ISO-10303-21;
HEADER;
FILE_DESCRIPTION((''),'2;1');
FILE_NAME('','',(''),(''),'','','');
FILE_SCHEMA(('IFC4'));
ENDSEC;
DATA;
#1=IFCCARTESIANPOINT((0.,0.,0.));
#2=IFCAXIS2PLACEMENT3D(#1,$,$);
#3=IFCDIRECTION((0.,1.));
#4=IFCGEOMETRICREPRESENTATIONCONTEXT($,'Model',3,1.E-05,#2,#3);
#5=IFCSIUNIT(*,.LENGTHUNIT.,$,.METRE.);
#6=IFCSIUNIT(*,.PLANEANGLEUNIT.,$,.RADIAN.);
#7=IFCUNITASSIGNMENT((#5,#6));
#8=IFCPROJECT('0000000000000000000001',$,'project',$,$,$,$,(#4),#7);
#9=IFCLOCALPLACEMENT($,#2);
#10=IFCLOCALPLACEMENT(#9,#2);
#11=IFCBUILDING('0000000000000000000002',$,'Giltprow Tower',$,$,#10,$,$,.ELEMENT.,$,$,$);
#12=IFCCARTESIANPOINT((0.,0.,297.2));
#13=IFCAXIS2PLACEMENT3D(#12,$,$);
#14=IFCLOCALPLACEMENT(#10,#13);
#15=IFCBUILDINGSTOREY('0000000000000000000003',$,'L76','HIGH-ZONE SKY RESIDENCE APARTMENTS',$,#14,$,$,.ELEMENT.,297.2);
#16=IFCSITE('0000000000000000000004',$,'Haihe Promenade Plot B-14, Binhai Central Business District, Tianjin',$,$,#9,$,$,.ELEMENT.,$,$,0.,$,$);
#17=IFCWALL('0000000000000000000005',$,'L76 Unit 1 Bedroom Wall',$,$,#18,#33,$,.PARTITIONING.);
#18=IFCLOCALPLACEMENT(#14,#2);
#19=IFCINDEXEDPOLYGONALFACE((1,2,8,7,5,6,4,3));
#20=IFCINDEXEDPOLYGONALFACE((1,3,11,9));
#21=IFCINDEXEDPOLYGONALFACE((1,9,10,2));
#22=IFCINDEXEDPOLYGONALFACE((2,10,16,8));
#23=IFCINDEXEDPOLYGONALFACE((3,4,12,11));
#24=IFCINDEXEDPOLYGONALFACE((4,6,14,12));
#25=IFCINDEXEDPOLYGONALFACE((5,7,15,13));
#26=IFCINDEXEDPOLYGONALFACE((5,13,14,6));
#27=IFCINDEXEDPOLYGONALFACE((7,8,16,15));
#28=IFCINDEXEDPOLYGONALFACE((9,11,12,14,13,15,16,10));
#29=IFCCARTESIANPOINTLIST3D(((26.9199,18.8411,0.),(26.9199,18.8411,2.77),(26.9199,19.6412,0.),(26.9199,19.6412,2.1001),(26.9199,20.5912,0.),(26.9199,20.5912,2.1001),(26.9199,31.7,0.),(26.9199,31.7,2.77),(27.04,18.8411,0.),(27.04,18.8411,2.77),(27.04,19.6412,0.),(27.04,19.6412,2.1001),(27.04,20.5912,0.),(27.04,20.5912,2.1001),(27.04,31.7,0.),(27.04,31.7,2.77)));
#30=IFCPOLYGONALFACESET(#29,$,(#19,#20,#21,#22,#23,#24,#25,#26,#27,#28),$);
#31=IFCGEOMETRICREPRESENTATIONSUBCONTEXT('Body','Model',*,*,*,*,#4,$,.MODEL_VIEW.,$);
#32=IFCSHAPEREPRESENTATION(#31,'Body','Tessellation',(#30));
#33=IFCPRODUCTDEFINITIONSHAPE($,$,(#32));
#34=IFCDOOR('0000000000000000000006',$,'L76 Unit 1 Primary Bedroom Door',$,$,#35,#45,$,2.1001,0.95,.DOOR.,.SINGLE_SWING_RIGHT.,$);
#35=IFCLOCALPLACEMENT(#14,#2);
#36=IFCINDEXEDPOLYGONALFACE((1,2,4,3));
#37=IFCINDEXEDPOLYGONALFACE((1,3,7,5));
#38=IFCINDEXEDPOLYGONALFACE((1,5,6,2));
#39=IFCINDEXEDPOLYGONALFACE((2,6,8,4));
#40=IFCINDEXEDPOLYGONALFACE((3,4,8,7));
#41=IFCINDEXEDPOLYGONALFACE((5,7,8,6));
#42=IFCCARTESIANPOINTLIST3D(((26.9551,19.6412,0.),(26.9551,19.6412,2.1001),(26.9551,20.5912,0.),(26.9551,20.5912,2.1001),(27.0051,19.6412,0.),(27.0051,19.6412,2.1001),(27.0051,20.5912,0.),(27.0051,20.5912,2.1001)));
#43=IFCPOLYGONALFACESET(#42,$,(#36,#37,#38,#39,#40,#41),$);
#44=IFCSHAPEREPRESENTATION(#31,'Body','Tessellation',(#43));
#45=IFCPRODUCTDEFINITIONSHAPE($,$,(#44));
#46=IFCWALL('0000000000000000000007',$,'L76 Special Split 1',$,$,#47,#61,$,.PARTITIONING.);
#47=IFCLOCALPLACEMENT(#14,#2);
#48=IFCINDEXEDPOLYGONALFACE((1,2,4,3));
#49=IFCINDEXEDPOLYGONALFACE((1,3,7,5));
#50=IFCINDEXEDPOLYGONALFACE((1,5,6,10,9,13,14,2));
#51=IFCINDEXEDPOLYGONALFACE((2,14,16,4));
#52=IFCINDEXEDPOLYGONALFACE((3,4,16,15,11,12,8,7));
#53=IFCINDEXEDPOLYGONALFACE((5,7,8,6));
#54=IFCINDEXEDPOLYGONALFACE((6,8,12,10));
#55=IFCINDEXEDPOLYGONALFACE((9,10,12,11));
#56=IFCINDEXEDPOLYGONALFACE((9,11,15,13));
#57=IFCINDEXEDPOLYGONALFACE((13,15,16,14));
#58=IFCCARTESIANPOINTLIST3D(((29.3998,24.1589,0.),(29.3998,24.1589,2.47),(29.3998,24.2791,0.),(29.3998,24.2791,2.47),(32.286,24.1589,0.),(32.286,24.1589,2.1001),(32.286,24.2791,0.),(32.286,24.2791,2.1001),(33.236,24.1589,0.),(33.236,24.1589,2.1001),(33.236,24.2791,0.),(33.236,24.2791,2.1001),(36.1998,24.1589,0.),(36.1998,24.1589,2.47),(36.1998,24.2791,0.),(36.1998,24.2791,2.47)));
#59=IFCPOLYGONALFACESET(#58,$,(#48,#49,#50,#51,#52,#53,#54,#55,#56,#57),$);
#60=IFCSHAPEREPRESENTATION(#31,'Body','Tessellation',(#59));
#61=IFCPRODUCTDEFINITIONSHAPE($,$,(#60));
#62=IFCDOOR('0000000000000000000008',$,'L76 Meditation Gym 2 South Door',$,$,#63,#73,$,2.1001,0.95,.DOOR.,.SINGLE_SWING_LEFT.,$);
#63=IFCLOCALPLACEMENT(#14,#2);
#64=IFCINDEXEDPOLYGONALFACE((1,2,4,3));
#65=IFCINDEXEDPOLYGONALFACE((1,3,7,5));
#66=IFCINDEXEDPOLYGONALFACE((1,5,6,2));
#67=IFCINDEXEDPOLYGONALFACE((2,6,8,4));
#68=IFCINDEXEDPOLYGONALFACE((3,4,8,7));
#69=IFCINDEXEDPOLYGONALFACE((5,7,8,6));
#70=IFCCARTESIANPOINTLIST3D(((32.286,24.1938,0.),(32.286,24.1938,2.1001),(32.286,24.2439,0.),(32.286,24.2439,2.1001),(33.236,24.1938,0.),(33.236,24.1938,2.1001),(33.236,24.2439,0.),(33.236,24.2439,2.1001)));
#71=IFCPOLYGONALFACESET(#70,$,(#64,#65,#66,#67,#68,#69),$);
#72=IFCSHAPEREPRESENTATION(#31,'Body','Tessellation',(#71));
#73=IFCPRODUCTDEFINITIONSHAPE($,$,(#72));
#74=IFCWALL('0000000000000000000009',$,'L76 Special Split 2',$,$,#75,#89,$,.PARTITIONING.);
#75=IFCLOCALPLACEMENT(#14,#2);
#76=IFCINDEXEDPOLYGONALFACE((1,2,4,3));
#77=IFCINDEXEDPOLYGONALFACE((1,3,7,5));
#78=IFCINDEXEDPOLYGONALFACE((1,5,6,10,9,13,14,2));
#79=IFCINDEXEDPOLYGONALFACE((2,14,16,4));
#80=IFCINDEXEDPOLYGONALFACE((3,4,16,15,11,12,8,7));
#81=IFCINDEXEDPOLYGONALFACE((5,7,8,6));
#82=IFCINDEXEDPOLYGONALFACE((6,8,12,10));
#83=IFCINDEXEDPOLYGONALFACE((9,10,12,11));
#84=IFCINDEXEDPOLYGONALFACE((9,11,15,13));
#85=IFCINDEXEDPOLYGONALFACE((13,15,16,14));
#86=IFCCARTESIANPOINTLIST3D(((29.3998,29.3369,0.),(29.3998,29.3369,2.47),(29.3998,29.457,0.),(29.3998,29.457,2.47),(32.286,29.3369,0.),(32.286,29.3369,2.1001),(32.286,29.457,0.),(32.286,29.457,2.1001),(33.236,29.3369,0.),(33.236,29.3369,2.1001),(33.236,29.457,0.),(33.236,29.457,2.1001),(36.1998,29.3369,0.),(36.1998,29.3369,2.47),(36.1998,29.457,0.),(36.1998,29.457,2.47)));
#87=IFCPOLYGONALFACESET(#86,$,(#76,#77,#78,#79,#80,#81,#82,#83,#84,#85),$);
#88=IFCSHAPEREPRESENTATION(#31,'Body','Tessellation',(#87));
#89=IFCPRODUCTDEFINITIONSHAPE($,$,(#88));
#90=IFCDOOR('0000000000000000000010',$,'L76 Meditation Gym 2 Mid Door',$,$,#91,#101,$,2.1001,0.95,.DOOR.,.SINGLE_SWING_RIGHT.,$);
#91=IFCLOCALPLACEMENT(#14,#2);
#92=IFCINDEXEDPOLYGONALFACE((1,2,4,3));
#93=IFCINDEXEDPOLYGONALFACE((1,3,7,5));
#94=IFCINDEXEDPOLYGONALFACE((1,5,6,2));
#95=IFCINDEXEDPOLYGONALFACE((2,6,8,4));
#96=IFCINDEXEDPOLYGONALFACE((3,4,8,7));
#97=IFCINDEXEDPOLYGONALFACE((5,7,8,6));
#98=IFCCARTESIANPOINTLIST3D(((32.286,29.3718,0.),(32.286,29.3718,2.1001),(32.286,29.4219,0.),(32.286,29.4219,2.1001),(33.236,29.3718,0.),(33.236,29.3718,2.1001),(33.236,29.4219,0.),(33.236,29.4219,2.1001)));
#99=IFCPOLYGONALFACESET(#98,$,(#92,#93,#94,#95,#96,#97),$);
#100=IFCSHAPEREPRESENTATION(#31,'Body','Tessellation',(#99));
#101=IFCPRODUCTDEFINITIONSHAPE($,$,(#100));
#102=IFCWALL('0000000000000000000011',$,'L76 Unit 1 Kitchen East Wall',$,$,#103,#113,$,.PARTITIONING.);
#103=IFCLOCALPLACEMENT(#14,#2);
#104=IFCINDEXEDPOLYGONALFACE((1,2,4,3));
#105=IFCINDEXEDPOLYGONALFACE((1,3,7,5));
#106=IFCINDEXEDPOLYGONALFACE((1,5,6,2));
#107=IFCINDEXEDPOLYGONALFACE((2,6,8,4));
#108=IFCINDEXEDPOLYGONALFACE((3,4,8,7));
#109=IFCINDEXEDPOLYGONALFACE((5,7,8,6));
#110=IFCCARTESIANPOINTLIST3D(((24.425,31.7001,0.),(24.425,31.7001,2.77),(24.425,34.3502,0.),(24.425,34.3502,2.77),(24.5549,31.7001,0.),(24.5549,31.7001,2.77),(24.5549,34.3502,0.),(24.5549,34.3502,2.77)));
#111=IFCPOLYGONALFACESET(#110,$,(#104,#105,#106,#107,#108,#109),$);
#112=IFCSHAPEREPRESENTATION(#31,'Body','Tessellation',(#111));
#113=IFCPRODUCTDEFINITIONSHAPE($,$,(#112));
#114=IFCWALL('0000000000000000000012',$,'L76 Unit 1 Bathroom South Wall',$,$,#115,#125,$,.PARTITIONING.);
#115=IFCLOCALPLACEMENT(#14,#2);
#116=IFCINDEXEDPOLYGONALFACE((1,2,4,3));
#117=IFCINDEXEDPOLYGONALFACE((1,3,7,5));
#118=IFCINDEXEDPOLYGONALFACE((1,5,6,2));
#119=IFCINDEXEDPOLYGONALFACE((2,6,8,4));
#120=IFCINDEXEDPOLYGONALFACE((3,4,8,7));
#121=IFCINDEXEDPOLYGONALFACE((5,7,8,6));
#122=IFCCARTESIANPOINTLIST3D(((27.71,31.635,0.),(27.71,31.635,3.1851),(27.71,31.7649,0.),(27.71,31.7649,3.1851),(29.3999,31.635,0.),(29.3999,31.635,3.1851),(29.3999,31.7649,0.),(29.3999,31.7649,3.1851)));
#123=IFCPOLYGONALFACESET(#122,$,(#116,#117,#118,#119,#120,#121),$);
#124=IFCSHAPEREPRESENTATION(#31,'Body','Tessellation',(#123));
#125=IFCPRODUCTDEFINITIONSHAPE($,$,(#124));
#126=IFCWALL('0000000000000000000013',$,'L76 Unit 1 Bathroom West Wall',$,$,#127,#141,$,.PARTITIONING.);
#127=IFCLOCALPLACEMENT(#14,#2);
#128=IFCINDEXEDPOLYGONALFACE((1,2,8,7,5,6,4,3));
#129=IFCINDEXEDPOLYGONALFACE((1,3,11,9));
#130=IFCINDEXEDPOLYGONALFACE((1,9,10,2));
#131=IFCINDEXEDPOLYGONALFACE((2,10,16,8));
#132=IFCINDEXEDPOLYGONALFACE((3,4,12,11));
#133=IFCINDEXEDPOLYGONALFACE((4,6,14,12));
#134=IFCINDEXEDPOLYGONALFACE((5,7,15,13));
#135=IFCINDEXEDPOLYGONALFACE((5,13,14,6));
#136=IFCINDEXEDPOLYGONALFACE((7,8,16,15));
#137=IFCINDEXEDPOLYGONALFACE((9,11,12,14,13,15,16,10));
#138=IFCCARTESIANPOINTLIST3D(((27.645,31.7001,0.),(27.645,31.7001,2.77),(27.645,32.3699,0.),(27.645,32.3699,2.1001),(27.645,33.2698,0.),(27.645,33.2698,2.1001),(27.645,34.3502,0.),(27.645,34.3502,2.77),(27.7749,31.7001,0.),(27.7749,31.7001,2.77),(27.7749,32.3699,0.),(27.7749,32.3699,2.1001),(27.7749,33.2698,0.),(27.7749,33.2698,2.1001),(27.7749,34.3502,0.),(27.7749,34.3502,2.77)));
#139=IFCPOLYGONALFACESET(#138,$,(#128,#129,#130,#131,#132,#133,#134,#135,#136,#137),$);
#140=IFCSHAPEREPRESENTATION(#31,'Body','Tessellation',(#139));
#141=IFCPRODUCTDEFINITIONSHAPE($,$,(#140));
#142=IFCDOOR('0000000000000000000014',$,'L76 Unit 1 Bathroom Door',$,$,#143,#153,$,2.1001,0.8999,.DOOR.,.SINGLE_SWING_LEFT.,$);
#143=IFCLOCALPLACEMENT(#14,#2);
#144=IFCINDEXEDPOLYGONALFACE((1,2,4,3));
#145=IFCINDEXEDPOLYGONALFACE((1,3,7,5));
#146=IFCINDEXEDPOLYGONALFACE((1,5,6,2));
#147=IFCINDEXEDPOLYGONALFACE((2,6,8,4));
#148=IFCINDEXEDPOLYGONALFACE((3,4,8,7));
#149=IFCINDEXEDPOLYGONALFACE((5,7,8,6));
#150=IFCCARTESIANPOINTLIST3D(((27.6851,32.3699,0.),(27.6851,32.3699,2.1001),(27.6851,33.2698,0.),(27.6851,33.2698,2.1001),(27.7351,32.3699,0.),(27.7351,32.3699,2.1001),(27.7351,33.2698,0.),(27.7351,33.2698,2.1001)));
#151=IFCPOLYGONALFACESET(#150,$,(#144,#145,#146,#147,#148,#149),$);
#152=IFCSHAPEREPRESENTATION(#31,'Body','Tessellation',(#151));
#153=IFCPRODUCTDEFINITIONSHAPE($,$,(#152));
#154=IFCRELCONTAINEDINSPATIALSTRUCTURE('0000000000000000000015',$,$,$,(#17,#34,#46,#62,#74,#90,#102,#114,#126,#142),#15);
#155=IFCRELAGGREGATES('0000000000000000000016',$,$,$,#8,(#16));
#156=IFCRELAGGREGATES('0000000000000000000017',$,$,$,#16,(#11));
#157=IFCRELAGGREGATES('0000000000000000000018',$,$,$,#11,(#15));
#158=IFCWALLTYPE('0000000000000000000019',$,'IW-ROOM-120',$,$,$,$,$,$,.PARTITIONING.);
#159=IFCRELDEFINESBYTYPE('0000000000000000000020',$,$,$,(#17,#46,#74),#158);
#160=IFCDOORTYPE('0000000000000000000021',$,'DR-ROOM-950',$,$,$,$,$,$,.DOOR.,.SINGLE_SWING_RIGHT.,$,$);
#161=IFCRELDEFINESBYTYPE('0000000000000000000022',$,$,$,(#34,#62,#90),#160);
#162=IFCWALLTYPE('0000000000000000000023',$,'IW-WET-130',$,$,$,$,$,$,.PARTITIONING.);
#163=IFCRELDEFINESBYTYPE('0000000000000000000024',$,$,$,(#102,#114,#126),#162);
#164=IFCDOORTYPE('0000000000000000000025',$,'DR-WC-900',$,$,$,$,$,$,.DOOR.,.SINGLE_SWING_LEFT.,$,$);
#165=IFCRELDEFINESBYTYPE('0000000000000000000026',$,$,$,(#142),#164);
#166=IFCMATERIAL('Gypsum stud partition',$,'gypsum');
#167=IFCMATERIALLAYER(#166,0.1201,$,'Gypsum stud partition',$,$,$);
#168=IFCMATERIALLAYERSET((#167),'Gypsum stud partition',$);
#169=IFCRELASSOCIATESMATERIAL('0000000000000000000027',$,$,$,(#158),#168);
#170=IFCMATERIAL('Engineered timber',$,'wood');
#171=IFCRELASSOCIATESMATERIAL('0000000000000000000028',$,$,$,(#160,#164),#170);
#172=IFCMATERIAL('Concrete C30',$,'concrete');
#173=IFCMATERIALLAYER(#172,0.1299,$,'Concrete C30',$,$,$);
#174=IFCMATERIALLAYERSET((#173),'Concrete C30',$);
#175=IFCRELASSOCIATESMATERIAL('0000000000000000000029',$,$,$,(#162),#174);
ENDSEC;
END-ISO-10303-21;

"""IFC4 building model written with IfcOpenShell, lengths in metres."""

from ifc_helpers import new_model, si_unit, direction, frame, frame_2d, origin, place, context, subcontext, project, spatial, rectangle, extrude, source, transform, mapped, material, layer, layer_set, type_object, element, fill, save


model = new_model("IFC4")

# Units and contexts
model_context = context("Model", 3, precision=1e-05, world=origin(), true_north=direction((0.0, 1.0)))
body_context = subcontext(model_context, "Body", "Model", "MODEL_VIEW")
ifc_project = project(units=[si_unit("LENGTHUNIT", "METRE"), si_unit("PLANEANGLEUNIT", "RADIAN")], contexts=[model_context])

# Site, building, storey
site_placement = place(None, origin())
site = spatial("IfcSite", under=ifc_project, at=site_placement, Name="Haihe Promenade Plot B-14, Binhai Central Business District, Tianjin", CompositionType="ELEMENT", RefElevation=0.0)
building_placement = place(site_placement, origin())
building = spatial("IfcBuilding", under=site, at=building_placement, Name="Giltprow Tower", CompositionType="ELEMENT")
storey_placement = place(building_placement, frame((0.0, 0.0, 297.2)))
storey = spatial("IfcBuildingStorey", under=building, at=storey_placement, Name="L76", Description="HIGH-ZONE SKY RESIDENCE APARTMENTS", CompositionType="ELEMENT", Elevation=297.2)

# Shared definitions
ifc_material_1 = material(Name="Gypsum stud partition", Category="gypsum")
ifc_layer_1 = layer(ifc_material_1, 0.1201, Name="Gypsum stud partition")
ifc_layer_set_1 = layer_set([ifc_layer_1], Name="Gypsum stud partition")
wall_type_1 = type_object("IfcWallType", Name="IW-ROOM-120", PredefinedType="PARTITIONING", material=ifc_layer_set_1)

# Walls, openings, doors
wall_1_placement = place(storey_placement, frame((26.98, 18.8411, 0.0), z_axis=(0.0, 0.0, 1.0), x_axis=(0.0, 1.0, 0.0)))
wall_1 = element("IfcWall", 1, at=wall_1_placement, inside=storey, type_object=wall_type_1, Name="L76 Unit 1 Bedroom Wall", PredefinedType="PARTITIONING", context=body_context, shape_type="SweptSolid", body=[
    extrude(rectangle(XDim=12.8589, YDim=0.1201, at=frame_2d((6.4294, 0.0))), origin(), (0.0, 0.0, 1.0), 2.77),
])
opening_1_placement = place(wall_1_placement, frame((0.8, 0.0, 0.0)))
opening_1 = element("IfcOpeningElement", 2, at=opening_1_placement, cuts=wall_1, PredefinedType="OPENING", context=body_context, shape_type="SweptSolid", body=[
    extrude(rectangle(XDim=0.95, YDim=2.1001, at=frame_2d((0.4751, 1.05))), frame((0.0, 0.0701, 0.0), z_axis=(0.0, -1.0, 0.0), x_axis=(1.0, 0.0, 0.0)), (0.0, 0.0, 1.0), 0.1401),
])
ifc_material_2 = material(Name="Engineered timber", Category="wood")
door_type_1 = type_object("IfcDoorType", Name="DR-ROOM-950", OperationType="SINGLE_SWING_RIGHT", PredefinedType="DOOR", material=ifc_material_2)
shared_shape_1 = source(origin(), body_context, "Body", "SweptSolid", [
    extrude(rectangle(XDim=0.95, YDim=2.1001, at=frame_2d((0.4751, 1.05))), frame((0.0, 0.0249, 0.0), z_axis=(0.0, -1.0, 0.0), x_axis=(1.0, 0.0, 0.0)), (0.0, 0.0, 1.0), 0.05),
])
door_1_placement = place(opening_1_placement, origin())
door_1 = element("IfcDoor", 3, at=door_1_placement, inside=storey, type_object=door_type_1, Name="L76 Unit 1 Primary Bedroom Door", OperationType="SINGLE_SWING_RIGHT", OverallHeight=2.1001, OverallWidth=0.95, PredefinedType="DOOR", context=body_context, shape_type="MappedRepresentation", body=[
    mapped(shared_shape_1, transform((0.0, 0.0, 0.0), x_axis=(1.0, 0.0, 0.0), y_axis=(0.0, 1.0, 0.0), z_axis=(0.0, 0.0, 1.0), scale=1.0)),
])
fill(opening_1, door_1)
wall_2_placement = place(storey_placement, frame((29.3999, 24.219, 0.0), z_axis=(0.0, 0.0, 1.0), x_axis=(1.0, 0.0, 0.0)))
wall_2 = element("IfcWall", 4, at=wall_2_placement, inside=storey, type_object=wall_type_1, Name="L76 Special Split 1", PredefinedType="PARTITIONING", context=body_context, shape_type="SweptSolid", body=[
    extrude(rectangle(XDim=6.8, YDim=0.1201, at=frame_2d((3.3999, 0.0))), origin(), (0.0, 0.0, 1.0), 2.47),
])
opening_2_placement = place(wall_2_placement, frame((2.886, 0.0, 0.0)))
opening_2 = element("IfcOpeningElement", 5, at=opening_2_placement, cuts=wall_2, PredefinedType="OPENING", context=body_context, shape_type="SweptSolid", body=[
    extrude(rectangle(XDim=0.95, YDim=2.1001, at=frame_2d((0.4751, 1.05))), frame((0.0, 0.0701, 0.0), z_axis=(0.0, -1.0, 0.0), x_axis=(1.0, 0.0, 0.0)), (0.0, 0.0, 1.0), 0.1401),
])
door_2_placement = place(opening_2_placement, origin())
door_2 = element("IfcDoor", 6, at=door_2_placement, inside=storey, type_object=door_type_1, Name="L76 Meditation Gym 2 South Door", OperationType="SINGLE_SWING_LEFT", OverallHeight=2.1001, OverallWidth=0.95, PredefinedType="DOOR", context=body_context, shape_type="MappedRepresentation", body=[
    mapped(shared_shape_1, transform((0.0, 0.0, 0.0), x_axis=(1.0, 0.0, 0.0), y_axis=(0.0, 1.0, 0.0), z_axis=(0.0, 0.0, 1.0), scale=1.0)),
])
fill(opening_2, door_2)
wall_3_placement = place(storey_placement, frame((29.3999, 29.397, 0.0), z_axis=(0.0, 0.0, 1.0), x_axis=(1.0, 0.0, 0.0)))
wall_3 = element("IfcWall", 7, at=wall_3_placement, inside=storey, type_object=wall_type_1, Name="L76 Special Split 2", PredefinedType="PARTITIONING", context=body_context, shape_type="SweptSolid", body=[
    extrude(rectangle(XDim=6.8, YDim=0.1201, at=frame_2d((3.3999, 0.0))), origin(), (0.0, 0.0, 1.0), 2.47),
])
opening_3_placement = place(wall_3_placement, frame((2.886, 0.0, 0.0)))
opening_3 = element("IfcOpeningElement", 8, at=opening_3_placement, cuts=wall_3, PredefinedType="OPENING", context=body_context, shape_type="SweptSolid", body=[
    extrude(rectangle(XDim=0.95, YDim=2.1001, at=frame_2d((0.4751, 1.05))), frame((0.0, 0.0701, 0.0), z_axis=(0.0, -1.0, 0.0), x_axis=(1.0, 0.0, 0.0)), (0.0, 0.0, 1.0), 0.1401),
])
door_3_placement = place(opening_3_placement, origin())
door_3 = element("IfcDoor", 9, at=door_3_placement, inside=storey, type_object=door_type_1, Name="L76 Meditation Gym 2 Mid Door", OperationType="SINGLE_SWING_RIGHT", OverallHeight=2.1001, OverallWidth=0.95, PredefinedType="DOOR", context=body_context, shape_type="MappedRepresentation", body=[
    mapped(shared_shape_1, transform((0.0, 0.0, 0.0), x_axis=(1.0, 0.0, 0.0), y_axis=(0.0, 1.0, 0.0), z_axis=(0.0, 0.0, 1.0), scale=1.0)),
])
fill(opening_3, door_3)

# Walls
ifc_material_3 = material(Name="Concrete C30", Category="concrete")
ifc_layer_2 = layer(ifc_material_3, 0.1299, Name="Concrete C30")
ifc_layer_set_2 = layer_set([ifc_layer_2], Name="Concrete C30")
wall_type_2 = type_object("IfcWallType", Name="IW-WET-130", PredefinedType="PARTITIONING", material=ifc_layer_set_2)
wall_4_placement = place(storey_placement, frame((24.49, 31.7, 0.0), z_axis=(0.0, 0.0, 1.0), x_axis=(0.0, 1.0, 0.0)))
element("IfcWall", 10, at=wall_4_placement, inside=storey, type_object=wall_type_2, Name="L76 Unit 1 Kitchen East Wall", PredefinedType="PARTITIONING", context=body_context, shape_type="SweptSolid", body=[
    extrude(rectangle(XDim=2.6501, YDim=0.1299, at=frame_2d((1.3252, 0.0))), origin(), (0.0, 0.0, 1.0), 2.77),
])
wall_5_placement = place(storey_placement, frame((27.71, 31.7, 0.0), z_axis=(0.0, 0.0, 1.0), x_axis=(1.0, 0.0, 0.0)))
element("IfcWall", 11, at=wall_5_placement, inside=storey, type_object=wall_type_2, Name="L76 Unit 1 Bathroom South Wall", PredefinedType="PARTITIONING", context=body_context, shape_type="SweptSolid", body=[
    extrude(rectangle(XDim=1.6899, YDim=0.1299, at=frame_2d((0.845, 0.0))), origin(), (0.0, 0.0, 1.0), 3.1851),
])

# Wall, opening, door
wall_6_placement = place(storey_placement, frame((27.71, 31.7, 0.0), z_axis=(0.0, 0.0, 1.0), x_axis=(0.0, 1.0, 0.0)))
wall_6 = element("IfcWall", 12, at=wall_6_placement, inside=storey, type_object=wall_type_2, Name="L76 Unit 1 Bathroom West Wall", PredefinedType="PARTITIONING", context=body_context, shape_type="SweptSolid", body=[
    extrude(rectangle(XDim=2.6501, YDim=0.1299, at=frame_2d((1.3252, 0.0))), origin(), (0.0, 0.0, 1.0), 2.77),
])
opening_4_placement = place(wall_6_placement, frame((0.6699, 0.0, 0.0)))
opening_4 = element("IfcOpeningElement", 13, at=opening_4_placement, cuts=wall_6, PredefinedType="OPENING", context=body_context, shape_type="SweptSolid", body=[
    extrude(rectangle(XDim=0.8999, YDim=2.1001, at=frame_2d((0.45, 1.05))), frame((0.0, 0.075, 0.0), z_axis=(0.0, -1.0, 0.0), x_axis=(1.0, 0.0, 0.0)), (0.0, 0.0, 1.0), 0.1499),
])
door_type_2 = type_object("IfcDoorType", Name="DR-WC-900", OperationType="SINGLE_SWING_LEFT", PredefinedType="DOOR", material=ifc_material_2)
shared_shape_2 = source(origin(), body_context, "Body", "SweptSolid", [
    extrude(rectangle(XDim=0.8999, YDim=2.1001, at=frame_2d((0.45, 1.05))), frame((0.0, 0.0249, 0.0), z_axis=(0.0, -1.0, 0.0), x_axis=(1.0, 0.0, 0.0)), (0.0, 0.0, 1.0), 0.05),
])
door_4_placement = place(opening_4_placement, origin())
door_4 = element("IfcDoor", 14, at=door_4_placement, inside=storey, type_object=door_type_2, Name="L76 Unit 1 Bathroom Door", OperationType="SINGLE_SWING_LEFT", OverallHeight=2.1001, OverallWidth=0.8999, PredefinedType="DOOR", context=body_context, shape_type="MappedRepresentation", body=[
    mapped(shared_shape_2, transform((0.0, 0.0, 0.0), x_axis=(1.0, 0.0, 0.0), y_axis=(0.0, 1.0, 0.0), z_axis=(0.0, 0.0, 1.0), scale=1.0)),
])
fill(opening_4, door_4)

save(model, "model.ifc")
